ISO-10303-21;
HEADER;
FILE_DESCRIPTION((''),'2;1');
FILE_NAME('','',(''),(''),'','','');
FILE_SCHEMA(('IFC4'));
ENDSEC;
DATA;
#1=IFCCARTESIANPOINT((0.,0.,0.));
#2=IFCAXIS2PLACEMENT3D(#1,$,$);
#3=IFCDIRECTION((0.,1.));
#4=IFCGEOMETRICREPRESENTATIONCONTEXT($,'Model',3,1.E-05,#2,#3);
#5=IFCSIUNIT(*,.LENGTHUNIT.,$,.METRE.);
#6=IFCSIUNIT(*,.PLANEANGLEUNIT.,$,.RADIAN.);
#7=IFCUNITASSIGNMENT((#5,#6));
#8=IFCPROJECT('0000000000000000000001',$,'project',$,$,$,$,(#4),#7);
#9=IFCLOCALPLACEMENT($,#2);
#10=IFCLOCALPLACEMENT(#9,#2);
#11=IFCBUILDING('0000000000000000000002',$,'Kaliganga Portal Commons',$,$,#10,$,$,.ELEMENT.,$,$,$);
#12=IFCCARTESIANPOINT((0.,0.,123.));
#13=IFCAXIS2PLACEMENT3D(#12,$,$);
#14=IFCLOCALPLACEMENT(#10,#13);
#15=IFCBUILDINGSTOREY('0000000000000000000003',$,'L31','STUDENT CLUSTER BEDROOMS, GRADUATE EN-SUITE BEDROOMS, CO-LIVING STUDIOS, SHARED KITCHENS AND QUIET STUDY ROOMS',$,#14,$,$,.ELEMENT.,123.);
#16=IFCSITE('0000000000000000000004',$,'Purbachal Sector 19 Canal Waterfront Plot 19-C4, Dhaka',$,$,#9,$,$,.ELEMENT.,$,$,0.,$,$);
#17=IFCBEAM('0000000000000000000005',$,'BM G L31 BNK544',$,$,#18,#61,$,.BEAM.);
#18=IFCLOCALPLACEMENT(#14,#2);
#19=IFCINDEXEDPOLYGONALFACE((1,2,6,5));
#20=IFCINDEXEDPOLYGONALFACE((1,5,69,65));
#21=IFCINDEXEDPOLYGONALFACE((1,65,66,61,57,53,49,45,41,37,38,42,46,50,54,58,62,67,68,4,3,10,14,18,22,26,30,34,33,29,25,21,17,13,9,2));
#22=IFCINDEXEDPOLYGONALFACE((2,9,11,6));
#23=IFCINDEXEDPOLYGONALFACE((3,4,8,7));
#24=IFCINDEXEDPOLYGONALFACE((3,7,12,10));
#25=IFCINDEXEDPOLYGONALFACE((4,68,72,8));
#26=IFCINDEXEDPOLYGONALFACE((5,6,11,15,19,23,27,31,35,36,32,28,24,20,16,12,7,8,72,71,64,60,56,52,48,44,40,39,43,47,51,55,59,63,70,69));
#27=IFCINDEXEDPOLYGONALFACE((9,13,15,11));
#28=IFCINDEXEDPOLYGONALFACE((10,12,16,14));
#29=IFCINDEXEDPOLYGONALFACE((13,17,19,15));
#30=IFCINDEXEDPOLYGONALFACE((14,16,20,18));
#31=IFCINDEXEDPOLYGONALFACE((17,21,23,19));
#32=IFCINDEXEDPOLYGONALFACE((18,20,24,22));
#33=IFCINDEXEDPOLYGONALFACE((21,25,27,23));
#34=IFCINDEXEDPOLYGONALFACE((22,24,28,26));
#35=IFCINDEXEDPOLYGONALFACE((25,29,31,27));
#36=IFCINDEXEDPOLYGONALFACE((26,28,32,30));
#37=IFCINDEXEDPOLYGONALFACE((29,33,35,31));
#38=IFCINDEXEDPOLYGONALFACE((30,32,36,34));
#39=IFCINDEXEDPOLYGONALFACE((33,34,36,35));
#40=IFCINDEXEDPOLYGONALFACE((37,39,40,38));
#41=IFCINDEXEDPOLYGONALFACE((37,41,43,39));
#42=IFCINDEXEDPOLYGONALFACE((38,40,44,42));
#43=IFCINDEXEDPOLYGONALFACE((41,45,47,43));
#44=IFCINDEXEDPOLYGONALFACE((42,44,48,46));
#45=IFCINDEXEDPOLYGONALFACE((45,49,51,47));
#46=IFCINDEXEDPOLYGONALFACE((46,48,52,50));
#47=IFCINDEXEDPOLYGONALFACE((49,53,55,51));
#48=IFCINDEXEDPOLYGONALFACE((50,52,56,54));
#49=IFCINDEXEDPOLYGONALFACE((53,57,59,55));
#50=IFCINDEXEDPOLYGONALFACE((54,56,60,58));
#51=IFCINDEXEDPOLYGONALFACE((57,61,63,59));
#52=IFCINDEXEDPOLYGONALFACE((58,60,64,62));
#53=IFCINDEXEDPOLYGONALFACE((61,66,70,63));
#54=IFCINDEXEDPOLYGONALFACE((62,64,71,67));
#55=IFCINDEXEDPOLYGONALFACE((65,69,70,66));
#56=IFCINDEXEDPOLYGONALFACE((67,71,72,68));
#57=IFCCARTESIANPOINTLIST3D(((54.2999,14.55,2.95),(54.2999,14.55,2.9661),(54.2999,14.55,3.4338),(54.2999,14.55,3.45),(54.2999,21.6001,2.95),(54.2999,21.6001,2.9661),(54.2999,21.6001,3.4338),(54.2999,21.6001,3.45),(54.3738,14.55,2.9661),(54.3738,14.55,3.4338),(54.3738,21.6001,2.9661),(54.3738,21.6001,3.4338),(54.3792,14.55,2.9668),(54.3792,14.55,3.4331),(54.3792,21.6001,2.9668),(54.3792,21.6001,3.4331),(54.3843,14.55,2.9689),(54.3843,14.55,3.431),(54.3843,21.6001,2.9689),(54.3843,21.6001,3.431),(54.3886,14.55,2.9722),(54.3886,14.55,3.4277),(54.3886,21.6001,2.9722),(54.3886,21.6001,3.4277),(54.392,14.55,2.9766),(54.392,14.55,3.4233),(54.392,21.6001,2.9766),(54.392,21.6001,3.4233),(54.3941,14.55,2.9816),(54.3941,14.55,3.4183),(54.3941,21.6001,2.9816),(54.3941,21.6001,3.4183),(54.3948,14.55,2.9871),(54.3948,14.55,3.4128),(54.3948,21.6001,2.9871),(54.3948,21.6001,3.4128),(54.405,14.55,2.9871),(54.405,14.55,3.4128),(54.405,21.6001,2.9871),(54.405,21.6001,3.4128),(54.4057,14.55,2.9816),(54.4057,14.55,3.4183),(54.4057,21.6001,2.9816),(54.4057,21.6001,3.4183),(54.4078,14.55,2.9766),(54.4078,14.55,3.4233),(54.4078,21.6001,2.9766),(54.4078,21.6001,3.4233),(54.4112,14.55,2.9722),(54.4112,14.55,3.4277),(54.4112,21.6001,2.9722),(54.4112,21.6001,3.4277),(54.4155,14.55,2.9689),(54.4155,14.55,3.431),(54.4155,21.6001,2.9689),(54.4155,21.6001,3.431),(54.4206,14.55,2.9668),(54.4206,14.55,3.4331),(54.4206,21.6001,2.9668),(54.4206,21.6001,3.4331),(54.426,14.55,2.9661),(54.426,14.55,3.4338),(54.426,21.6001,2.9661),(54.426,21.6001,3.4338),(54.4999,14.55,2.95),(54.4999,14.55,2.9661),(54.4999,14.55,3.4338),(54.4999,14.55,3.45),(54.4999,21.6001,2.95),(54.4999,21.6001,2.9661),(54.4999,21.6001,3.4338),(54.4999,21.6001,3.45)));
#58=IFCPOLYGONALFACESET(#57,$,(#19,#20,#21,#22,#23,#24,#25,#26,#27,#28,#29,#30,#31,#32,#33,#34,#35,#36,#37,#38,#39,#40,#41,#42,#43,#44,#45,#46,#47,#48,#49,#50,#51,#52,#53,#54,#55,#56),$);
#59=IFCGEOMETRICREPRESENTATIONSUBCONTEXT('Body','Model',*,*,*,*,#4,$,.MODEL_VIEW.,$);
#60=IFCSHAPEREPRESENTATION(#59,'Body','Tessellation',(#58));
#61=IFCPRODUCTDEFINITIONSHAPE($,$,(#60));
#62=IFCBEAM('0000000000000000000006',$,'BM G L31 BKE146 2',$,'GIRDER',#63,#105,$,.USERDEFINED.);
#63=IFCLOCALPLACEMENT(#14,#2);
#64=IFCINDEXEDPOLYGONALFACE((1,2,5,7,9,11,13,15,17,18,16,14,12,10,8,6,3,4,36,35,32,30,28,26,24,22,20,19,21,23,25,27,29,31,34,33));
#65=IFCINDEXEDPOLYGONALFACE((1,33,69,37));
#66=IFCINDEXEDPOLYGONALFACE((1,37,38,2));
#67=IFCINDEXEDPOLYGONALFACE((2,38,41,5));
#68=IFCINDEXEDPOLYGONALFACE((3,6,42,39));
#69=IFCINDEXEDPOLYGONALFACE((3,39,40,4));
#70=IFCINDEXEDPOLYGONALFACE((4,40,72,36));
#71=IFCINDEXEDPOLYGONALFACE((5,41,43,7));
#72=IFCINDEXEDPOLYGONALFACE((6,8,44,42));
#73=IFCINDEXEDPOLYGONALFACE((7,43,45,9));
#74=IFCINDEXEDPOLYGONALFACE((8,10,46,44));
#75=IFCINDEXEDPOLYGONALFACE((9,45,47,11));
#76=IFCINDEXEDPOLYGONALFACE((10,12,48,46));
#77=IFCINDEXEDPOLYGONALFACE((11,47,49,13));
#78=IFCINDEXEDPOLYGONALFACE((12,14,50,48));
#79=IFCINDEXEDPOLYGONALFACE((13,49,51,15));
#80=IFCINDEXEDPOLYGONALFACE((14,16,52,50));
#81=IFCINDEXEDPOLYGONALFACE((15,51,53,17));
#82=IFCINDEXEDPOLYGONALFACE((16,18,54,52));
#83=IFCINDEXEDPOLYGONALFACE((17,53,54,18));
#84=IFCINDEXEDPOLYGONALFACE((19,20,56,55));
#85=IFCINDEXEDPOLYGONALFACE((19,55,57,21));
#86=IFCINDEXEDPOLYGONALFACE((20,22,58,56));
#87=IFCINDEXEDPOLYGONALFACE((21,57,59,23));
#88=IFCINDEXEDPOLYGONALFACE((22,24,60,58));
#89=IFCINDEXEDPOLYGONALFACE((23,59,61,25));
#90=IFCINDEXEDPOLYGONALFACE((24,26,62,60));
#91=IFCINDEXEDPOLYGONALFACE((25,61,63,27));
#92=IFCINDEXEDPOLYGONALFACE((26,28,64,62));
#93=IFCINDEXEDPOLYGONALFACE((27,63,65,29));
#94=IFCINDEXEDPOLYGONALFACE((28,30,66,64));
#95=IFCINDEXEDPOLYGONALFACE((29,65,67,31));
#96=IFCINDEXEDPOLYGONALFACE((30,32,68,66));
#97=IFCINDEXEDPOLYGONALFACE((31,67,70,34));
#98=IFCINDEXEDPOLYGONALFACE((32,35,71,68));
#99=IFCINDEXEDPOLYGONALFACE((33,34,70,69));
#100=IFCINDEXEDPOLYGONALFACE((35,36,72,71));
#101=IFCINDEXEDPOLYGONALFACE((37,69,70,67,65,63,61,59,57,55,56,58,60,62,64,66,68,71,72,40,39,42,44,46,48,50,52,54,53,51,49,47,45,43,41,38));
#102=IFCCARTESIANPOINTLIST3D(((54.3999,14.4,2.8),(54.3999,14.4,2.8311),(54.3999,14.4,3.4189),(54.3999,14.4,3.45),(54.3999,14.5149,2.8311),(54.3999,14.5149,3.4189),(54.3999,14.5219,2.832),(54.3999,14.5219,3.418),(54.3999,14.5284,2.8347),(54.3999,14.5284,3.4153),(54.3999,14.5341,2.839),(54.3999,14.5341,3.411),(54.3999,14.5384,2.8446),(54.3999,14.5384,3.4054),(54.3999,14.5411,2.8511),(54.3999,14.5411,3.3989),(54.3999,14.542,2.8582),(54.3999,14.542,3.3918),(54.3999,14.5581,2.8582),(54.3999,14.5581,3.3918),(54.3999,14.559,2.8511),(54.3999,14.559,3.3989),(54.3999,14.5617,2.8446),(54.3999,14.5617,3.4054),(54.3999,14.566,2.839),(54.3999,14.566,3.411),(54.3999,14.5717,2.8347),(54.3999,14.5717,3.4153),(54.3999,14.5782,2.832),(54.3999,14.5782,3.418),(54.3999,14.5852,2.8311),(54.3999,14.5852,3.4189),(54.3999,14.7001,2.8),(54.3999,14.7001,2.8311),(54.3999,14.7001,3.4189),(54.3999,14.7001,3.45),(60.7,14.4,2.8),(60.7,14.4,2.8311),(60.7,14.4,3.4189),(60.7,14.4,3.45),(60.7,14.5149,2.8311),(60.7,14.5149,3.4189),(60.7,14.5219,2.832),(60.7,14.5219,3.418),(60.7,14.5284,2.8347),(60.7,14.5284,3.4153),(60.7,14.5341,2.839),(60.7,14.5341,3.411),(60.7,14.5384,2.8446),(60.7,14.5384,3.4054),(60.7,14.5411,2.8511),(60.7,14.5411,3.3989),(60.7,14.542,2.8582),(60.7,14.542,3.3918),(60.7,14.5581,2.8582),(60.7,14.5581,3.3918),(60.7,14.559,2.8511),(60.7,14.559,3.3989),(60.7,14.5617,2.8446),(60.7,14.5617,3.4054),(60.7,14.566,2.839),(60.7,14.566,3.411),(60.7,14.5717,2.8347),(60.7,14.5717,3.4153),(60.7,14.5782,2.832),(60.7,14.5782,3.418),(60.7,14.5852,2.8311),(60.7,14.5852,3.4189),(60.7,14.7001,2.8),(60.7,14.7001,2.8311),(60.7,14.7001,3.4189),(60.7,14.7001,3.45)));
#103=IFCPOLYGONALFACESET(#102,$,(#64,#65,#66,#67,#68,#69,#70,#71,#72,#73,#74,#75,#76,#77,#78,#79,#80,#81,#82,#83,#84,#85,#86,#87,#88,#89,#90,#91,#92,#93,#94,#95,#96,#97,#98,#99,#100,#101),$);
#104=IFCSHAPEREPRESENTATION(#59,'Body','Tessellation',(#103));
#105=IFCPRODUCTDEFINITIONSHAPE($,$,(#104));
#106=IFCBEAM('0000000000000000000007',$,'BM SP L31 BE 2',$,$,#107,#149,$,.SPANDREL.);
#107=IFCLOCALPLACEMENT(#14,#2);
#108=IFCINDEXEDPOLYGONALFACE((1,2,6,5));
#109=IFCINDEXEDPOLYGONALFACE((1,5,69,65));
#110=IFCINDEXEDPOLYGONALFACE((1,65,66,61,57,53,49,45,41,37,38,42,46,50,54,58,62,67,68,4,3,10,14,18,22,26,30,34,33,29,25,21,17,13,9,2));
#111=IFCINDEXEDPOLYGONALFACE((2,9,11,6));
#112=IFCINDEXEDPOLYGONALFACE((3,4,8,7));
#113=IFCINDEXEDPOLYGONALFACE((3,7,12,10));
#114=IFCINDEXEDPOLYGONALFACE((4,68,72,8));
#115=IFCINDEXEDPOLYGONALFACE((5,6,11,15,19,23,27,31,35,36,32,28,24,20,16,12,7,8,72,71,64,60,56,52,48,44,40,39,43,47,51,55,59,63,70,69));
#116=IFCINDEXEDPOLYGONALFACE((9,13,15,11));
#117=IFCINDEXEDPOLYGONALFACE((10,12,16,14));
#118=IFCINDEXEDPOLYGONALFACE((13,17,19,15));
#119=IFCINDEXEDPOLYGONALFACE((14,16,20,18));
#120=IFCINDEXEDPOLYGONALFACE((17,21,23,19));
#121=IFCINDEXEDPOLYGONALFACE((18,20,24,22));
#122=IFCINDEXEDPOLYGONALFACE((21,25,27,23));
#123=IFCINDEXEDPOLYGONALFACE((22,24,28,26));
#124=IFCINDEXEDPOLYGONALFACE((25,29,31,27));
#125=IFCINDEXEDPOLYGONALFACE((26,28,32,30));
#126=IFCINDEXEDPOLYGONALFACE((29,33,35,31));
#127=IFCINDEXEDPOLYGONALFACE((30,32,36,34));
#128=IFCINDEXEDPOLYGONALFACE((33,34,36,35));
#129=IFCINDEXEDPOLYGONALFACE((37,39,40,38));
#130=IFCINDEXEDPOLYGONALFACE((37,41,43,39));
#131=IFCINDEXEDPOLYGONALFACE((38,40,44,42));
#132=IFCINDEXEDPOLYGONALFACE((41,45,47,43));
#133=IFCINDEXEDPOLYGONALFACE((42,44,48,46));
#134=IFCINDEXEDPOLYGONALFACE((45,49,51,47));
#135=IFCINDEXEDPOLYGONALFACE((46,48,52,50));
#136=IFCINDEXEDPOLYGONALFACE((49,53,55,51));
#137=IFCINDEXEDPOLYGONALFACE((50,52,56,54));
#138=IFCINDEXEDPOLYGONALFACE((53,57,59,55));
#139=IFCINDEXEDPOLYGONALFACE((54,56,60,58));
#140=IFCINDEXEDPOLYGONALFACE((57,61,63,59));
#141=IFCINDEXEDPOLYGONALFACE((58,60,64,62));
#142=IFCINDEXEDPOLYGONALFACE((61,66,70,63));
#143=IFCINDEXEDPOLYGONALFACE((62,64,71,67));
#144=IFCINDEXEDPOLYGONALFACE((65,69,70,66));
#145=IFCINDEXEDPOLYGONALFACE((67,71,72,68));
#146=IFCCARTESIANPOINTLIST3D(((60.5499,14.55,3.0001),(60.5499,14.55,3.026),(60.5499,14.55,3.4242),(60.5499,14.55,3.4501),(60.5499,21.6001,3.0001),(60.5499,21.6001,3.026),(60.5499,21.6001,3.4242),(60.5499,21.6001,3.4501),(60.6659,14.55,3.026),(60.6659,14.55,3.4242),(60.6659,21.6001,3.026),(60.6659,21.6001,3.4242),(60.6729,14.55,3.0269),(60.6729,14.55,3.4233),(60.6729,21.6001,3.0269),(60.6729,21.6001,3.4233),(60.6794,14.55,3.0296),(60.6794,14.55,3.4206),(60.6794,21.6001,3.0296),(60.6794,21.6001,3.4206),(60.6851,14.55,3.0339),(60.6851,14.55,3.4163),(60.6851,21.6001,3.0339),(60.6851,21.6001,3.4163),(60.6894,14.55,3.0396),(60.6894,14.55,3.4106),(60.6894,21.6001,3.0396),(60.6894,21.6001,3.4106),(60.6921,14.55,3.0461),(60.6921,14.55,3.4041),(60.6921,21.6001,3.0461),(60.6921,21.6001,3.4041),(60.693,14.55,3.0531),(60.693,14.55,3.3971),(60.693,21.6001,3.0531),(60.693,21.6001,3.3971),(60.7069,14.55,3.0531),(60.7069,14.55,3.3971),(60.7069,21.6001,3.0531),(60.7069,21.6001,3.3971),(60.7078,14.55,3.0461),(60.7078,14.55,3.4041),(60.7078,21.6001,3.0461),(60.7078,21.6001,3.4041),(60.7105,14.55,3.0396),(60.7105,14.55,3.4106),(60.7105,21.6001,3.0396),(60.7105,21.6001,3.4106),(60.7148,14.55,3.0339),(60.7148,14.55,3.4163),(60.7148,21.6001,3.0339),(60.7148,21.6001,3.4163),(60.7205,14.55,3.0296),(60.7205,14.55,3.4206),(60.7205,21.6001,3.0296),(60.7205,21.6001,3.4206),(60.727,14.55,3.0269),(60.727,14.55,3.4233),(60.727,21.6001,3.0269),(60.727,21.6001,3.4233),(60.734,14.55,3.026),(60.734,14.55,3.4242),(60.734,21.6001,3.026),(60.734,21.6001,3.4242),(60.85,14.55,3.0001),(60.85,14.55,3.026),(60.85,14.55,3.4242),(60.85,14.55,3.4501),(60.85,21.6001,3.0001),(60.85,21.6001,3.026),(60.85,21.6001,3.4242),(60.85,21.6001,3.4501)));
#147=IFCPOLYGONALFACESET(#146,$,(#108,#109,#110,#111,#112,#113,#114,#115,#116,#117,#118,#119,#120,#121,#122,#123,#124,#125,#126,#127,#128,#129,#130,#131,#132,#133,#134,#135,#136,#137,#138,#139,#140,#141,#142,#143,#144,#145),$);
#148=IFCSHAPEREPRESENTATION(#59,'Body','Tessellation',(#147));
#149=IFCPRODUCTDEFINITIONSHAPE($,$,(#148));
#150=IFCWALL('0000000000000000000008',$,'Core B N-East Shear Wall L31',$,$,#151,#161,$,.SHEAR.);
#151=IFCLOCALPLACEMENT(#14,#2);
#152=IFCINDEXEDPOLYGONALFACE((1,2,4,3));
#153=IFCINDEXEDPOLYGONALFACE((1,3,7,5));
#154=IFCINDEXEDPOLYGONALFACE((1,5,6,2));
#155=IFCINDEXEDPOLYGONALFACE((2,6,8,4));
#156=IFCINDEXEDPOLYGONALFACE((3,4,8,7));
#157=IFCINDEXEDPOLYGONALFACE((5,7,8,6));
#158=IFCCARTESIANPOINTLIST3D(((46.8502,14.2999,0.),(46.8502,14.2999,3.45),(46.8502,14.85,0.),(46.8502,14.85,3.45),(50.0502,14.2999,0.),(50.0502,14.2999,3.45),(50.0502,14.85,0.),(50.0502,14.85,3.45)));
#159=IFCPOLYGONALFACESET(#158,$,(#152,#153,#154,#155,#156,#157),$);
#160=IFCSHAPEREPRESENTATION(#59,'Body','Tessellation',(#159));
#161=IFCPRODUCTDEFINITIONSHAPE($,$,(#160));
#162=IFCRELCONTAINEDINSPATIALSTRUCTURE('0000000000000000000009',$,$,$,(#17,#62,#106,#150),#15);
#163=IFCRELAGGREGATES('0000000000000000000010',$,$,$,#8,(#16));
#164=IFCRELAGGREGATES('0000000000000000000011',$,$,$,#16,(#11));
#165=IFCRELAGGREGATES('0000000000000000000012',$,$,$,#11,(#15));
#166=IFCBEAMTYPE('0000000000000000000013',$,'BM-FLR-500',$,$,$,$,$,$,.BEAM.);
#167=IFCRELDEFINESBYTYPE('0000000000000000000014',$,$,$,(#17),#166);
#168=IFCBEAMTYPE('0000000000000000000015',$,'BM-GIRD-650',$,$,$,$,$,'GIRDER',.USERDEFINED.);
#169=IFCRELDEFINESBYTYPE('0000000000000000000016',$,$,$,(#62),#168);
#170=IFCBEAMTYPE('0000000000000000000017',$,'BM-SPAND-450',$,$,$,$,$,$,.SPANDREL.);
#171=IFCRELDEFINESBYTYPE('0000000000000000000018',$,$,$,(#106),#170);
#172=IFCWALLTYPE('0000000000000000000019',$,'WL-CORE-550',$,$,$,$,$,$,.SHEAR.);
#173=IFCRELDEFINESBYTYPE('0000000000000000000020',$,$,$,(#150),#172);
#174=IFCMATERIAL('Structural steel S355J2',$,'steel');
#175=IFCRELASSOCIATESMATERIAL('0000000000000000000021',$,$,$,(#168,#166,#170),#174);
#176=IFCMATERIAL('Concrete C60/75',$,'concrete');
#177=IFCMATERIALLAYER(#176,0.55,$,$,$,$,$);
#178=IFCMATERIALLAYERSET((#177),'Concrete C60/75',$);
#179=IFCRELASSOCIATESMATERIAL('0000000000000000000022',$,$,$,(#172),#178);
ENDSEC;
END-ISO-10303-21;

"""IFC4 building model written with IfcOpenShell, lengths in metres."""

from ifc_helpers import new_model, si_unit, direction, frame, frame_2d, origin, origin_2d, place, context, subcontext, project, spatial, rectangle, i_section, extrude, source, transform, mapped, material, layer, layer_set, material_profile, profile_set, type_object, element, save


model = new_model("IFC4")

# Units and contexts
model_context = context("Model", 3, precision=1e-05, world=origin(), true_north=direction((0.0, 1.0)))
body_context = subcontext(model_context, "Body", "Model", "MODEL_VIEW")
ifc_project = project(units=[si_unit("LENGTHUNIT", "METRE"), si_unit("PLANEANGLEUNIT", "RADIAN")], contexts=[model_context])

# Site, building, storey
site_placement = place(None, origin())
site = spatial("IfcSite", under=ifc_project, at=site_placement, Name="Purbachal Sector 19 Canal Waterfront Plot 19-C4, Dhaka", CompositionType="ELEMENT", RefElevation=0.0)
building_placement = place(site_placement, origin())
building = spatial("IfcBuilding", under=site, at=building_placement, Name="Kaliganga Portal Commons", CompositionType="ELEMENT")
storey_placement = place(building_placement, frame((0.0, 0.0, 123.0)))
storey = spatial("IfcBuildingStorey", under=building, at=storey_placement, Name="L31", Description="STUDENT CLUSTER BEDROOMS, GRADUATE EN-SUITE BEDROOMS, CO-LIVING STUDIOS, SHARED KITCHENS AND QUIET STUDY ROOMS", CompositionType="ELEMENT", Elevation=123.0)

# Shared definitions
ifc_material_1 = material(Name="Concrete C60/75", Category="concrete")

# Beams
ifc_material_2 = material(Name="Structural steel S355J2", Category="steel")
ifc_material_profile_1 = material_profile(ifc_material_2, i_section(OverallWidth=0.3, OverallDepth=0.6499, WebThickness=0.0161, FlangeThickness=0.031, FilletRadius=0.0271, at=origin_2d()), Name="HE 650 B")
ifc_profile_set_1 = profile_set([ifc_material_profile_1], Name="Structural steel S355J2 wide-flange")
beam_type_1 = type_object("IfcBeamType", Name="BM-GIRD-650", ElementType="GIRDER", PredefinedType="USERDEFINED", material=ifc_profile_set_1)
ifc_material_profile_2 = material_profile(ifc_material_2, i_section(OverallWidth=0.2, OverallDepth=0.5, WebThickness=0.0103, FlangeThickness=0.0161, FilletRadius=0.021, at=origin_2d()), Name="IPE 500")
ifc_profile_set_2 = profile_set([ifc_material_profile_2], Name="Structural steel S355J2 wide-flange")
beam_type_2 = type_object("IfcBeamType", Name="BM-FLR-500", PredefinedType="BEAM", material=ifc_profile_set_2)
shared_shape_1 = source(origin(), body_context, "Body", "SweptSolid", [
    extrude(i_section(OverallWidth=0.2, OverallDepth=0.5, WebThickness=0.0103, FlangeThickness=0.0161, FilletRadius=0.021, at=origin_2d()), origin(), (0.0, 0.0, 1.0), 7.05),
])
for number, where, z_axis, x_axis, name in (
    (1, (54.3999, 14.55, 3.2), (0.0, 1.0, 0.0), (-1.0, 0.0, 0.0), "BM G L31 BNK544"),
):
    element("IfcBeam", number, at=place(storey_placement, frame(where, z_axis=z_axis, x_axis=x_axis)), inside=storey, type_object=beam_type_2, Name=name, PredefinedType="BEAM", context=body_context, shape_type="MappedRepresentation", body=[
        mapped(shared_shape_1, transform((0.0, 0.0, 0.0), x_axis=(1.0, 0.0, 0.0), y_axis=(0.0, 1.0, 0.0), z_axis=(0.0, 0.0, 1.0), scale=1.0)),
    ])
shared_shape_2 = source(origin(), body_context, "Body", "SweptSolid", [
    extrude(i_section(OverallWidth=0.3, OverallDepth=0.6499, WebThickness=0.0161, FlangeThickness=0.031, FilletRadius=0.0271, at=origin_2d()), origin(), (0.0, 0.0, 1.0), 6.3),
])
beam_1_placement = place(storey_placement, frame((54.3999, 14.55, 3.125), z_axis=(1.0, 0.0, 0.0), x_axis=(0.0, 1.0, 0.0)))
element("IfcBeam", 2, at=beam_1_placement, inside=storey, type_object=beam_type_1, Name="BM G L31 BKE146 2", ObjectType="GIRDER", PredefinedType="USERDEFINED", context=body_context, shape_type="MappedRepresentation", body=[
    mapped(shared_shape_2, transform((0.0, 0.0, 0.0), x_axis=(1.0, 0.0, 0.0), y_axis=(0.0, 1.0, 0.0), z_axis=(0.0, 0.0, 1.0), scale=1.0)),
])
ifc_material_profile_3 = material_profile(ifc_material_2, i_section(OverallWidth=0.3, OverallDepth=0.45, WebThickness=0.0139, FlangeThickness=0.0259, FilletRadius=0.0271, at=origin_2d()), Name="HE 450 B")
ifc_profile_set_3 = profile_set([ifc_material_profile_3], Name="Structural steel S355J2 wide-flange")
beam_type_3 = type_object("IfcBeamType", Name="BM-SPAND-450", PredefinedType="SPANDREL", material=ifc_profile_set_3)
shared_shape_3 = source(origin(), body_context, "Body", "SweptSolid", [
    extrude(i_section(OverallWidth=0.3, OverallDepth=0.45, WebThickness=0.0139, FlangeThickness=0.0259, FilletRadius=0.0271, at=origin_2d()), origin(), (0.0, 0.0, 1.0), 7.05),
])
beam_2_placement = place(storey_placement, frame((60.7, 14.55, 3.2251), z_axis=(0.0, 1.0, 0.0), x_axis=(-1.0, 0.0, 0.0)))
element("IfcBeam", 3, at=beam_2_placement, inside=storey, type_object=beam_type_3, Name="BM SP L31 BE 2", PredefinedType="SPANDREL", context=body_context, shape_type="MappedRepresentation", body=[
    mapped(shared_shape_3, transform((0.0, 0.0, 0.0), x_axis=(1.0, 0.0, 0.0), y_axis=(0.0, 1.0, 0.0), z_axis=(0.0, 0.0, 1.0), scale=1.0)),
])

# Wall
ifc_layer_1 = layer(ifc_material_1, 0.55)
ifc_layer_set_1 = layer_set([ifc_layer_1], Name="Concrete C60/75")
wall_type_1 = type_object("IfcWallType", Name="WL-CORE-550", PredefinedType="SHEAR", material=ifc_layer_set_1)
wall_1_placement = place(storey_placement, frame((46.8501, 14.575, 0.0), z_axis=(0.0, 0.0, 1.0), x_axis=(1.0, 0.0, 0.0)))
element("IfcWall", 4, at=wall_1_placement, inside=storey, type_object=wall_type_1, Name="Core B N-East Shear Wall L31", PredefinedType="SHEAR", context=body_context, shape_type="SweptSolid", body=[
    extrude(rectangle(XDim=3.2, YDim=0.55, at=frame_2d((1.6001, 0.0))), origin(), (0.0, 0.0, 1.0), 3.45),
])

save(model, "model.ifc")
